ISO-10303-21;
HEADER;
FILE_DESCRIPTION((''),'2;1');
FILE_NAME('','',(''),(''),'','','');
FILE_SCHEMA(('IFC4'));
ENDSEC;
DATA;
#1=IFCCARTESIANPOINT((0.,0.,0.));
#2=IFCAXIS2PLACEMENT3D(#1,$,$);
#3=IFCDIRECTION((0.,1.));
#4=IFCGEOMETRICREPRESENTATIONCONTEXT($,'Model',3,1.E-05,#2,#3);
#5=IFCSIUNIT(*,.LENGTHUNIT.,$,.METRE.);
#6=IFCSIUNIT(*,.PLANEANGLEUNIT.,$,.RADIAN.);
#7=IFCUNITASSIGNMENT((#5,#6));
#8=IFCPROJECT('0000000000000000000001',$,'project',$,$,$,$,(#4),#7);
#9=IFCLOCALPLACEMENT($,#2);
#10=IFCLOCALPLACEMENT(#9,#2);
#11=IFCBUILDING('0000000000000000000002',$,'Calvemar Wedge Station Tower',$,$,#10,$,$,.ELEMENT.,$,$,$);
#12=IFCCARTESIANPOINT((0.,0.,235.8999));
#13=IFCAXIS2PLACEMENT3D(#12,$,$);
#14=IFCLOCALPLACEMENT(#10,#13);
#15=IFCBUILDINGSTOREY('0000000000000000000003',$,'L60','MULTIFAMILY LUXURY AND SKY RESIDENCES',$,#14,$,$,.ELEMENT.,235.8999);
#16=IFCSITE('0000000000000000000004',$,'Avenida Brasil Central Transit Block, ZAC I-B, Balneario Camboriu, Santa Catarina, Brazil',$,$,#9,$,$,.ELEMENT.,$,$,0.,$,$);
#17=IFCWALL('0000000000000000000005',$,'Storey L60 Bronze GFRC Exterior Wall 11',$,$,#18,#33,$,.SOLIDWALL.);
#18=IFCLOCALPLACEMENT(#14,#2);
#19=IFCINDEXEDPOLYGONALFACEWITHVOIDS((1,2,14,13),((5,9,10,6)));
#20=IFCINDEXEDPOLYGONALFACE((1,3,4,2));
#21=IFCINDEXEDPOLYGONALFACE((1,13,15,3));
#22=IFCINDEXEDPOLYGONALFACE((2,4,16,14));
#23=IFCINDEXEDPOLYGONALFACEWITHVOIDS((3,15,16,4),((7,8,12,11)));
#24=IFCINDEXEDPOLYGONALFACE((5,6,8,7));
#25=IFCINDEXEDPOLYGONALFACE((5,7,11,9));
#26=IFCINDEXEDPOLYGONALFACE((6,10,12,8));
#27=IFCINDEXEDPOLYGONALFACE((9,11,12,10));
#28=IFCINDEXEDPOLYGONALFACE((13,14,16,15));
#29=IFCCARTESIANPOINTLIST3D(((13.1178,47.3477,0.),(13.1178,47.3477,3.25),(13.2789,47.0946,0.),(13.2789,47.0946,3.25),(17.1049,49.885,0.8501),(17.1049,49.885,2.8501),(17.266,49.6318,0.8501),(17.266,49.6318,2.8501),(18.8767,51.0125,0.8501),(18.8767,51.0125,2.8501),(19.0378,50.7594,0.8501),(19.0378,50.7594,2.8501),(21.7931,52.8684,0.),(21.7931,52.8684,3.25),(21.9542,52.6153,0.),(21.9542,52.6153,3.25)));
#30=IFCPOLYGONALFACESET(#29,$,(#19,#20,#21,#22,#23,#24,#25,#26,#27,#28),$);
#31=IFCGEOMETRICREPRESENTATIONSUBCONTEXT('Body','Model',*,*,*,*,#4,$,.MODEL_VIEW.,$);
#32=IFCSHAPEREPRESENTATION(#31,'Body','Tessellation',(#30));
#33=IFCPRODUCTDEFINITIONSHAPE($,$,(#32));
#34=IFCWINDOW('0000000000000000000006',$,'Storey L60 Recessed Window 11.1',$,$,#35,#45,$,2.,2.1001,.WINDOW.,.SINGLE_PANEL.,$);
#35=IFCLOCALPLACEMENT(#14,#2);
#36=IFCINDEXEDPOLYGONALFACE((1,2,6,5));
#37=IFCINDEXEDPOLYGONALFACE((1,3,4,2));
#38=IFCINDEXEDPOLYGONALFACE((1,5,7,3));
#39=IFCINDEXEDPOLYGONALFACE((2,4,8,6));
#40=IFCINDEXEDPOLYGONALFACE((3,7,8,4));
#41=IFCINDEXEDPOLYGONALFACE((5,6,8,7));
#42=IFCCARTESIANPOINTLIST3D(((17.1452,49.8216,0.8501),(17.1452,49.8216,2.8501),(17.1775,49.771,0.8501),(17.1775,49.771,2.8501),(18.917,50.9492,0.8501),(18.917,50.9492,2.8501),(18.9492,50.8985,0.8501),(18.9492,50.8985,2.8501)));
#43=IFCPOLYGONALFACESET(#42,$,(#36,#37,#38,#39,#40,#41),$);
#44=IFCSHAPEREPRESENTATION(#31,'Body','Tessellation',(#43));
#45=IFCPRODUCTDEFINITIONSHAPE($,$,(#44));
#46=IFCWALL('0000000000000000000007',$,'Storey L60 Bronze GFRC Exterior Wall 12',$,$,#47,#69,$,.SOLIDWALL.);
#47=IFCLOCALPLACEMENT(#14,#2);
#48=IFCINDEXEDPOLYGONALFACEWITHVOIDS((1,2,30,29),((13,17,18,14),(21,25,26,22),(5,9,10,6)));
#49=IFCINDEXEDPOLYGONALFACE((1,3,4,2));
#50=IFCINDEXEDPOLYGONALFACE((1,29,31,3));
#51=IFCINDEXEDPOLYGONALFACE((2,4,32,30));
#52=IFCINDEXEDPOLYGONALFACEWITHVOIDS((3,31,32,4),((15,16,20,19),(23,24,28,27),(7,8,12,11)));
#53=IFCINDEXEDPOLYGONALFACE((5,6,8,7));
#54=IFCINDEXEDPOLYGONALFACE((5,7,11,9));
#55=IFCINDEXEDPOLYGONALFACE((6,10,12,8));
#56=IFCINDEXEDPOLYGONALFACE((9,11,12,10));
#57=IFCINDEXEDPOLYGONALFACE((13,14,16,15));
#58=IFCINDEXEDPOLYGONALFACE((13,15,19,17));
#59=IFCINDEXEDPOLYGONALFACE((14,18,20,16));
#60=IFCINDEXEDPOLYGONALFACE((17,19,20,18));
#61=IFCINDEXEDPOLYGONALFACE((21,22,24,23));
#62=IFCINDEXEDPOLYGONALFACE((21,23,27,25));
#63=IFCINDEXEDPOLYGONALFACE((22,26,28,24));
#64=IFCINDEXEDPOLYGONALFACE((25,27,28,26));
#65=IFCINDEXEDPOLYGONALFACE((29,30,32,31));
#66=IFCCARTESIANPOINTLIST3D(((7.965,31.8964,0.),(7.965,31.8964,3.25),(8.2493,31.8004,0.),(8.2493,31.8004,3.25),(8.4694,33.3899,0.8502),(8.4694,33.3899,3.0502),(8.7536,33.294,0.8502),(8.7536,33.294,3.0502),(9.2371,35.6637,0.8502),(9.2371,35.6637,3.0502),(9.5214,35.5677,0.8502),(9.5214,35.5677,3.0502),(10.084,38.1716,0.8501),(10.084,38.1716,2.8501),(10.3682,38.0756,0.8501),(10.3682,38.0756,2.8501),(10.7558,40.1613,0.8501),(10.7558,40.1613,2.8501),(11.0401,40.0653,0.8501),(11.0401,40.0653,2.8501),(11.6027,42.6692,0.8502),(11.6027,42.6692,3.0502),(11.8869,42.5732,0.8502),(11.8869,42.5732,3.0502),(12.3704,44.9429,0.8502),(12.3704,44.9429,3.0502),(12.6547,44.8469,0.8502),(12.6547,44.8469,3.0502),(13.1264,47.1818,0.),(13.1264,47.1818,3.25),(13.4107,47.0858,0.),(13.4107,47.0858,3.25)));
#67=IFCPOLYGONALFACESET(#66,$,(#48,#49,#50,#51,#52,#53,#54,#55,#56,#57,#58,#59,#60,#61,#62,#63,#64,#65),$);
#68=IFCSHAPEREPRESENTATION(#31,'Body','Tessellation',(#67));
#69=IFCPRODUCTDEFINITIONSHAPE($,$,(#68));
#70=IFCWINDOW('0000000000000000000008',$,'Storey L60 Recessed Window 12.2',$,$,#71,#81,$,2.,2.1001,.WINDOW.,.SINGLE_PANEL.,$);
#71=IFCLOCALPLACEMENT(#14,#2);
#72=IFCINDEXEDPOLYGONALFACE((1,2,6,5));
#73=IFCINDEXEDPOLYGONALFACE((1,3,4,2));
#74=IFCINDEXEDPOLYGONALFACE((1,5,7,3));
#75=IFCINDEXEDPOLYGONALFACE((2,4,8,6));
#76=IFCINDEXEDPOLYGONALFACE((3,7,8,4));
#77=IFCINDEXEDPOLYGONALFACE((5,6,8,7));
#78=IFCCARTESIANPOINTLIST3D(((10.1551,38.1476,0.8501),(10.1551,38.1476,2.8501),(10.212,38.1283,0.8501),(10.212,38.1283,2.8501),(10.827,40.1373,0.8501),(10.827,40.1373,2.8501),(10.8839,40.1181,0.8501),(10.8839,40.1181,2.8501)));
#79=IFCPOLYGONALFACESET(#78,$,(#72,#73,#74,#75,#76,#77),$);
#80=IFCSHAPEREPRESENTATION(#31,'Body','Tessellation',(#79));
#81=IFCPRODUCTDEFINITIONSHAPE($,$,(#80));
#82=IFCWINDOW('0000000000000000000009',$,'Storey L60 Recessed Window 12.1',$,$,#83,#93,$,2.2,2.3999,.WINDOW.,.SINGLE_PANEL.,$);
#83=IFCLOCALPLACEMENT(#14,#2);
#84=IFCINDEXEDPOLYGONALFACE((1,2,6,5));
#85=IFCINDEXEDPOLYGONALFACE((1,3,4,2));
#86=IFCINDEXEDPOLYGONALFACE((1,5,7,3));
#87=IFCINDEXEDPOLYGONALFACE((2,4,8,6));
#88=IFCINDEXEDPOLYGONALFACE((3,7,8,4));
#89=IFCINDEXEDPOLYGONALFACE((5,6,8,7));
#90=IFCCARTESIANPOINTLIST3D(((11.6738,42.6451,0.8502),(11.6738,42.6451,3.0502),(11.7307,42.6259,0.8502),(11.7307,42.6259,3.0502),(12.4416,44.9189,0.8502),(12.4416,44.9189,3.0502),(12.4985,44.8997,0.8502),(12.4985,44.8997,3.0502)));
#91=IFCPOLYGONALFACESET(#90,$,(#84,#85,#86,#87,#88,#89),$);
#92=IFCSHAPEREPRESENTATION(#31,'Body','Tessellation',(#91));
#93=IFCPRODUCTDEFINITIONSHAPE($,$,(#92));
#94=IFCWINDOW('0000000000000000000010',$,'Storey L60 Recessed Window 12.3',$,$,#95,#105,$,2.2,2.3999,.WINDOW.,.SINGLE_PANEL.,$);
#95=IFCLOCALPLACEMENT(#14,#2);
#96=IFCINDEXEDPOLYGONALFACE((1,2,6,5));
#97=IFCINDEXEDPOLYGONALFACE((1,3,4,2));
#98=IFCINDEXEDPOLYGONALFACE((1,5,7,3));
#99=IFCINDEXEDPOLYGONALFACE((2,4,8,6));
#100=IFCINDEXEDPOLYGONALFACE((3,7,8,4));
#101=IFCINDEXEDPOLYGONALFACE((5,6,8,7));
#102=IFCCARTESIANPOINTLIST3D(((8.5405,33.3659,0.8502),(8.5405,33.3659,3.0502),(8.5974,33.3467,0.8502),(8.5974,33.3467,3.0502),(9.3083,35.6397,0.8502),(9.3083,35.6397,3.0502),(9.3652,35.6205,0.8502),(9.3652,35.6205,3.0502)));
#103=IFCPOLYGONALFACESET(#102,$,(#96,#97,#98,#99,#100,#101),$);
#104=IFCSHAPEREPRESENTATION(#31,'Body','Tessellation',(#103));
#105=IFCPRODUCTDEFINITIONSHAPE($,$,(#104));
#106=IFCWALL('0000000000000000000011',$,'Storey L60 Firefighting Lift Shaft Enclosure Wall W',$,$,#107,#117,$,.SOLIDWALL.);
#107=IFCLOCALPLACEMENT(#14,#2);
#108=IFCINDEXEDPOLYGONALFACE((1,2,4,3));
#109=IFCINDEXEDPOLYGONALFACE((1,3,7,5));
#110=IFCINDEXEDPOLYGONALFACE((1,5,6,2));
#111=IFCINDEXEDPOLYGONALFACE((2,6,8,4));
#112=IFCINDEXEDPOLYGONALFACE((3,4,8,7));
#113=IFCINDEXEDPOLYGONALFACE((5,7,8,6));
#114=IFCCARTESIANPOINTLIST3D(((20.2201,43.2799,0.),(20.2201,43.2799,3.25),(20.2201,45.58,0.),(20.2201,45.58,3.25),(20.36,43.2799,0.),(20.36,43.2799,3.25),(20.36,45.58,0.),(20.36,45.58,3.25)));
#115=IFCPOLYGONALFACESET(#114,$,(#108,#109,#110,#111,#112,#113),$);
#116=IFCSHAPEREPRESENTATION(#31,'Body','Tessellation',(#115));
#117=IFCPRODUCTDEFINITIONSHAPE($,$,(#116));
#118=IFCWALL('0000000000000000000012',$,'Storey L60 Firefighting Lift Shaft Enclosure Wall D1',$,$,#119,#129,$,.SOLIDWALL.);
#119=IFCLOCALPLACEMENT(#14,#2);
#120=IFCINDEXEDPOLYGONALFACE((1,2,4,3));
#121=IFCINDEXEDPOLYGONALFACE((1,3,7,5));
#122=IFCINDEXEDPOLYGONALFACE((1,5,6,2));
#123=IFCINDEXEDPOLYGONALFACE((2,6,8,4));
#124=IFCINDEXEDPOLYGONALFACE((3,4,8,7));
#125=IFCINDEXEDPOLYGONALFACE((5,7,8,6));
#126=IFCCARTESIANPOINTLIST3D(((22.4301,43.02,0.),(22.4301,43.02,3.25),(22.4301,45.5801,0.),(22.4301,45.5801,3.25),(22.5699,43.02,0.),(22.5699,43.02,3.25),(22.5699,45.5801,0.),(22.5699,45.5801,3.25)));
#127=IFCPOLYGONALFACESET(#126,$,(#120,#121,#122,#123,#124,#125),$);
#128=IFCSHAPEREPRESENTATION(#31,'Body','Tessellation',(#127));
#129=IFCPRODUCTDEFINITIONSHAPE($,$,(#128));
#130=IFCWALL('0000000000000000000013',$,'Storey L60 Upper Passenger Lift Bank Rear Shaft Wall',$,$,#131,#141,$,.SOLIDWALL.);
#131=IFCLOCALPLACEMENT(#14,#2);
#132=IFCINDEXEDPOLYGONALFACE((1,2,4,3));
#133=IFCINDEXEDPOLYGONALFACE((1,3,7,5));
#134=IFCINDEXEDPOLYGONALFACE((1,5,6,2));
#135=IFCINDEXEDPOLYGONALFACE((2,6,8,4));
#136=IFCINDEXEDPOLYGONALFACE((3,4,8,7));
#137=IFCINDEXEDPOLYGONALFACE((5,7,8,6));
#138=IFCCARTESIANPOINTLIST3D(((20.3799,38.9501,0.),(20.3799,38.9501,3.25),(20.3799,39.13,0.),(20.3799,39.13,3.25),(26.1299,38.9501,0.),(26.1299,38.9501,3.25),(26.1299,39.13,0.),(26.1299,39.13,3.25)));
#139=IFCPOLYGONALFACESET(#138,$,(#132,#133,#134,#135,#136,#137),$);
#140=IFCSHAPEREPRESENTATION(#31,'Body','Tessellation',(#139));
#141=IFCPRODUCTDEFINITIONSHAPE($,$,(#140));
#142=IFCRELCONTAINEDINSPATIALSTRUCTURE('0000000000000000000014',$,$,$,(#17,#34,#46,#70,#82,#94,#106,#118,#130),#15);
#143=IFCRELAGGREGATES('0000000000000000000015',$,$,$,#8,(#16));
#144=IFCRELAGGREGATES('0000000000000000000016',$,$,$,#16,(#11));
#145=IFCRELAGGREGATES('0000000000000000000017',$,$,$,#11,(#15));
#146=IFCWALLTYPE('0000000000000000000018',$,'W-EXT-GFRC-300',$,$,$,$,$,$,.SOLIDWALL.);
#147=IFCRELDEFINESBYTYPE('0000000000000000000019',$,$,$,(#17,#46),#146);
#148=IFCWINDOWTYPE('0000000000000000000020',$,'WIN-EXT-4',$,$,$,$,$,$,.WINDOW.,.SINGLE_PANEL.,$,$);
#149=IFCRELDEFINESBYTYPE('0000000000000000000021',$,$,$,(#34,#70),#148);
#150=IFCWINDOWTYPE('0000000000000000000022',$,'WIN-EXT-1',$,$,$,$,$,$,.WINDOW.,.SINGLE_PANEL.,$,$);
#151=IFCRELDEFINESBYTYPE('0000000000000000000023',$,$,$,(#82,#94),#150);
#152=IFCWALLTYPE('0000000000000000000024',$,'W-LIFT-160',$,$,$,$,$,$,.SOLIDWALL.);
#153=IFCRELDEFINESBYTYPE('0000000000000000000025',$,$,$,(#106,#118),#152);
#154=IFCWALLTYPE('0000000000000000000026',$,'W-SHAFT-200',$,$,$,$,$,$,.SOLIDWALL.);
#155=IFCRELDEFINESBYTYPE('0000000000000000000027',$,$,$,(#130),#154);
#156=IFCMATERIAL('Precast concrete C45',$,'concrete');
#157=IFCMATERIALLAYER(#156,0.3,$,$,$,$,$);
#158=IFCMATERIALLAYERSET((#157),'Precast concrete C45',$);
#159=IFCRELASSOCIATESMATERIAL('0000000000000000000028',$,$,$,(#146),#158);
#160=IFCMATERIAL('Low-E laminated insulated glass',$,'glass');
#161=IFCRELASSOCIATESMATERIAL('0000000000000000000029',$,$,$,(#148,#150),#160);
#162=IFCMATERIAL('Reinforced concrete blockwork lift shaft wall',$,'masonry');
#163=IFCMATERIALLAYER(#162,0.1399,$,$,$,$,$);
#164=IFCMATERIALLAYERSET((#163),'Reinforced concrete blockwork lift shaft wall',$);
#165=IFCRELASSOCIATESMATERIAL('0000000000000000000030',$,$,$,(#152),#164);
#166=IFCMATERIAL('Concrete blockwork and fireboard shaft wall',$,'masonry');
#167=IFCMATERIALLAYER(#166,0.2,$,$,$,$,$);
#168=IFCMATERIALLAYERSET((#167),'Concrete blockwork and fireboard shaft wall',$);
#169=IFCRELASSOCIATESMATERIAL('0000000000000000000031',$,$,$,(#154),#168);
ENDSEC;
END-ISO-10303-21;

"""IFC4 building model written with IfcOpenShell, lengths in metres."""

from ifc_helpers import new_model, si_unit, direction, frame, frame_2d, origin, place, context, subcontext, project, spatial, rectangle, extrude, source, transform, mapped, material, layer, layer_set, type_object, element, fill, save


model = new_model("IFC4")

# Units and contexts
model_context = context("Model", 3, precision=1e-05, world=origin(), true_north=direction((0.0, 1.0)))
body_context = subcontext(model_context, "Body", "Model", "MODEL_VIEW")
ifc_project = project(units=[si_unit("LENGTHUNIT", "METRE"), si_unit("PLANEANGLEUNIT", "RADIAN")], contexts=[model_context])

# Site, building, storey
site_placement = place(None, origin())
site = spatial("IfcSite", under=ifc_project, at=site_placement, Name="Avenida Brasil Central Transit Block, ZAC I-B, Balneario Camboriu, Santa Catarina, Brazil", CompositionType="ELEMENT", RefElevation=0.0)
building_placement = place(site_placement, origin())
building = spatial("IfcBuilding", under=site, at=building_placement, Name="Calvemar Wedge Station Tower", CompositionType="ELEMENT")
storey_placement = place(building_placement, frame((0.0, 0.0, 235.8999)))
storey = spatial("IfcBuildingStorey", under=building, at=storey_placement, Name="L60", Description="MULTIFAMILY LUXURY AND SKY RESIDENCES", CompositionType="ELEMENT", Elevation=235.8999)

# Shared definitions
ifc_material_1 = material(Name="Precast concrete C45", Category="concrete")

# Wall, opening, window
ifc_layer_1 = layer(ifc_material_1, 0.3)
ifc_layer_set_1 = layer_set([ifc_layer_1], Name="Precast concrete C45")
wall_type_1 = type_object("IfcWallType", Name="W-EXT-GFRC-300", PredefinedType="SOLIDWALL", material=ifc_layer_set_1)
wall_1_placement = place(storey_placement, frame((21.8738, 52.7419, 0.0), z_axis=(0.0, 0.0, 1.0), x_axis=(-0.843657, -0.536883, 0.0)))
wall_1 = element("IfcWall", 1, at=wall_1_placement, inside=storey, type_object=wall_type_1, Name="Storey L60 Bronze GFRC Exterior Wall 11", PredefinedType="SOLIDWALL", context=body_context, shape_type="SweptSolid", body=[
    extrude(rectangle(XDim=10.283, YDim=0.3, at=frame_2d((5.1416, 0.0))), origin(), (0.0, 0.0, 1.0), 3.25),
])
shared_shape_1 = source(origin(), body_context, "Body", "SweptSolid", [
    extrude(rectangle(XDim=2.1001, YDim=2.0, at=frame_2d((1.05, 1.0))), frame((0.0, 0.1602, 0.0), z_axis=(0.0, -1.0, 0.0), x_axis=(1.0, 0.0, 0.0)), (0.0, 0.0, 1.0), 0.3201),
])
opening_1_placement = place(wall_1_placement, frame((3.457, 0.0, 0.8501)))
opening_1 = element("IfcOpeningElement", 2, at=opening_1_placement, cuts=wall_1, PredefinedType="OPENING", context=body_context, shape_type="MappedRepresentation", body=[
    mapped(shared_shape_1, transform((0.0, 0.0, 0.0), scale=1.0)),
])
ifc_material_2 = material(Name="Low-E laminated insulated glass", Category="glass")
window_type_1 = type_object("IfcWindowType", Name="WIN-EXT-4", PartitioningType="SINGLE_PANEL", PredefinedType="WINDOW", material=ifc_material_2)
shared_shape_2 = source(origin(), body_context, "Body", "SweptSolid", [
    extrude(rectangle(XDim=2.1001, YDim=2.0, at=frame_2d((1.05, 1.0))), frame((0.0, -0.0149, 0.0), z_axis=(0.0, -1.0, 0.0), x_axis=(1.0, 0.0, 0.0)), (0.0, 0.0, 1.0), 0.0601),
])
window_1_placement = place(opening_1_placement, origin())
window_1 = element("IfcWindow", 3, at=window_1_placement, inside=storey, type_object=window_type_1, Name="Storey L60 Recessed Window 11.1", OverallHeight=2.0, OverallWidth=2.1001, PartitioningType="SINGLE_PANEL", PredefinedType="WINDOW", context=body_context, shape_type="MappedRepresentation", body=[
    mapped(shared_shape_2, transform((0.0, 0.0, 0.0), scale=1.0)),
])
fill(opening_1, window_1)

# Wall, openings, windows
wall_2_placement = place(storey_placement, frame((13.2686, 47.1338, 0.0), z_axis=(0.0, 0.0, 1.0), x_axis=(-0.319921, -0.947444, 0.0)))
wall_2 = element("IfcWall", 4, at=wall_2_placement, inside=storey, type_object=wall_type_1, Name="Storey L60 Bronze GFRC Exterior Wall 12", PredefinedType="SOLIDWALL", context=body_context, shape_type="SweptSolid", body=[
    extrude(rectangle(XDim=16.1333, YDim=0.3, at=frame_2d((8.0667, 0.0))), origin(), (0.0, 0.0, 1.0), 3.25),
])
shared_shape_3 = source(origin(), body_context, "Body", "SweptSolid", [
    extrude(rectangle(XDim=2.3999, YDim=2.2, at=frame_2d((1.2, 1.1001))), frame((0.0, 0.1602, 0.0), z_axis=(0.0, -1.0, 0.0), x_axis=(1.0, 0.0, 0.0)), (0.0, 0.0, 1.0), 0.3201),
])
opening_2_placement = place(wall_2_placement, frame((2.363, 0.0, 0.8501)))
opening_2 = element("IfcOpeningElement", 5, at=opening_2_placement, cuts=wall_2, PredefinedType="OPENING", context=body_context, shape_type="MappedRepresentation", body=[
    mapped(shared_shape_3, transform((0.0, 0.0, 0.0), scale=1.0)),
])
opening_3_placement = place(wall_2_placement, frame((7.4099, 0.0, 0.8501)))
opening_3 = element("IfcOpeningElement", 6, at=opening_3_placement, cuts=wall_2, PredefinedType="OPENING", context=body_context, shape_type="MappedRepresentation", body=[
    mapped(shared_shape_1, transform((0.0, 0.0, 0.0), scale=1.0)),
])
opening_4_placement = place(wall_2_placement, frame((12.157, 0.0, 0.8501)))
opening_4 = element("IfcOpeningElement", 7, at=opening_4_placement, cuts=wall_2, PredefinedType="OPENING", context=body_context, shape_type="MappedRepresentation", body=[
    mapped(shared_shape_3, transform((0.0, 0.0, 0.0), scale=1.0)),
])
window_2_placement = place(opening_3_placement, origin())
window_2 = element("IfcWindow", 8, at=window_2_placement, inside=storey, type_object=window_type_1, Name="Storey L60 Recessed Window 12.2", OverallHeight=2.0, OverallWidth=2.1001, PartitioningType="SINGLE_PANEL", PredefinedType="WINDOW", context=body_context, shape_type="MappedRepresentation", body=[
    mapped(shared_shape_2, transform((0.0, 0.0, 0.0), scale=1.0)),
])
fill(opening_3, window_2)
window_type_2 = type_object("IfcWindowType", Name="WIN-EXT-1", PartitioningType="SINGLE_PANEL", PredefinedType="WINDOW", material=ifc_material_2)
shared_shape_4 = source(origin(), body_context, "Body", "SweptSolid", [
    extrude(rectangle(XDim=2.3999, YDim=2.2, at=frame_2d((1.2, 1.1001))), frame((0.0, -0.0149, 0.0), z_axis=(0.0, -1.0, 0.0), x_axis=(1.0, 0.0, 0.0)), (0.0, 0.0, 1.0), 0.0601),
])
window_3_placement = place(opening_2_placement, origin())
window_3 = element("IfcWindow", 9, at=window_3_placement, inside=storey, type_object=window_type_2, Name="Storey L60 Recessed Window 12.1", OverallHeight=2.2, OverallWidth=2.3999, PartitioningType="SINGLE_PANEL", PredefinedType="WINDOW", context=body_context, shape_type="MappedRepresentation", body=[
    mapped(shared_shape_4, transform((0.0, 0.0, 0.0), scale=1.0)),
])
fill(opening_2, window_3)
window_4_placement = place(opening_4_placement, origin())
window_4 = element("IfcWindow", 10, at=window_4_placement, inside=storey, type_object=window_type_2, Name="Storey L60 Recessed Window 12.3", OverallHeight=2.2, OverallWidth=2.3999, PartitioningType="SINGLE_PANEL", PredefinedType="WINDOW", context=body_context, shape_type="MappedRepresentation", body=[
    mapped(shared_shape_4, transform((0.0, 0.0, 0.0), scale=1.0)),
])
fill(opening_4, window_4)

# Shared definitions
ifc_material_3 = material(Name="Reinforced concrete blockwork lift shaft wall", Category="masonry")
ifc_layer_2 = layer(ifc_material_3, 0.1399)
ifc_layer_set_2 = layer_set([ifc_layer_2], Name="Reinforced concrete blockwork lift shaft wall")
wall_type_2 = type_object("IfcWallType", Name="W-LIFT-160", PredefinedType="SOLIDWALL", material=ifc_layer_set_2)

# Walls
wall_3_placement = place(storey_placement, frame((20.29, 43.28, 0.0), z_axis=(0.0, 0.0, 1.0), x_axis=(0.0, 1.0, 0.0)))
element("IfcWall", 11, at=wall_3_placement, inside=storey, type_object=wall_type_2, Name="Storey L60 Firefighting Lift Shaft Enclosure Wall W", PredefinedType="SOLIDWALL", context=body_context, shape_type="SweptSolid", body=[
    extrude(rectangle(XDim=2.3, YDim=0.1399, at=frame_2d((1.1499, 0.0))), origin(), (0.0, 0.0, 1.0), 3.25),
])
wall_4_placement = place(storey_placement, frame((22.5, 43.02, 0.0), z_axis=(0.0, 0.0, 1.0), x_axis=(0.0, 1.0, 0.0)))
element("IfcWall", 12, at=wall_4_placement, inside=storey, type_object=wall_type_2, Name="Storey L60 Firefighting Lift Shaft Enclosure Wall D1", PredefinedType="SOLIDWALL", context=body_context, shape_type="SweptSolid", body=[
    extrude(rectangle(XDim=2.5601, YDim=0.1399, at=frame_2d((1.28, 0.0))), origin(), (0.0, 0.0, 1.0), 3.25),
])
ifc_material_4 = material(Name="Concrete blockwork and fireboard shaft wall", Category="masonry")
ifc_layer_3 = layer(ifc_material_4, 0.2)
ifc_layer_set_3 = layer_set([ifc_layer_3], Name="Concrete blockwork and fireboard shaft wall")
wall_type_3 = type_object("IfcWallType", Name="W-SHAFT-200", PredefinedType="SOLIDWALL", material=ifc_layer_set_3)
wall_5_placement = place(storey_placement, frame((20.3799, 39.04, 0.0), z_axis=(0.0, 0.0, 1.0), x_axis=(1.0, 0.0, 0.0)))
element("IfcWall", 13, at=wall_5_placement, inside=storey, type_object=wall_type_3, Name="Storey L60 Upper Passenger Lift Bank Rear Shaft Wall", PredefinedType="SOLIDWALL", context=body_context, shape_type="SweptSolid", body=[
    extrude(rectangle(XDim=5.75, YDim=0.1799, at=frame_2d((2.875, 0.0))), origin(), (0.0, 0.0, 1.0), 3.25),
])

save(model, "model.ifc")
